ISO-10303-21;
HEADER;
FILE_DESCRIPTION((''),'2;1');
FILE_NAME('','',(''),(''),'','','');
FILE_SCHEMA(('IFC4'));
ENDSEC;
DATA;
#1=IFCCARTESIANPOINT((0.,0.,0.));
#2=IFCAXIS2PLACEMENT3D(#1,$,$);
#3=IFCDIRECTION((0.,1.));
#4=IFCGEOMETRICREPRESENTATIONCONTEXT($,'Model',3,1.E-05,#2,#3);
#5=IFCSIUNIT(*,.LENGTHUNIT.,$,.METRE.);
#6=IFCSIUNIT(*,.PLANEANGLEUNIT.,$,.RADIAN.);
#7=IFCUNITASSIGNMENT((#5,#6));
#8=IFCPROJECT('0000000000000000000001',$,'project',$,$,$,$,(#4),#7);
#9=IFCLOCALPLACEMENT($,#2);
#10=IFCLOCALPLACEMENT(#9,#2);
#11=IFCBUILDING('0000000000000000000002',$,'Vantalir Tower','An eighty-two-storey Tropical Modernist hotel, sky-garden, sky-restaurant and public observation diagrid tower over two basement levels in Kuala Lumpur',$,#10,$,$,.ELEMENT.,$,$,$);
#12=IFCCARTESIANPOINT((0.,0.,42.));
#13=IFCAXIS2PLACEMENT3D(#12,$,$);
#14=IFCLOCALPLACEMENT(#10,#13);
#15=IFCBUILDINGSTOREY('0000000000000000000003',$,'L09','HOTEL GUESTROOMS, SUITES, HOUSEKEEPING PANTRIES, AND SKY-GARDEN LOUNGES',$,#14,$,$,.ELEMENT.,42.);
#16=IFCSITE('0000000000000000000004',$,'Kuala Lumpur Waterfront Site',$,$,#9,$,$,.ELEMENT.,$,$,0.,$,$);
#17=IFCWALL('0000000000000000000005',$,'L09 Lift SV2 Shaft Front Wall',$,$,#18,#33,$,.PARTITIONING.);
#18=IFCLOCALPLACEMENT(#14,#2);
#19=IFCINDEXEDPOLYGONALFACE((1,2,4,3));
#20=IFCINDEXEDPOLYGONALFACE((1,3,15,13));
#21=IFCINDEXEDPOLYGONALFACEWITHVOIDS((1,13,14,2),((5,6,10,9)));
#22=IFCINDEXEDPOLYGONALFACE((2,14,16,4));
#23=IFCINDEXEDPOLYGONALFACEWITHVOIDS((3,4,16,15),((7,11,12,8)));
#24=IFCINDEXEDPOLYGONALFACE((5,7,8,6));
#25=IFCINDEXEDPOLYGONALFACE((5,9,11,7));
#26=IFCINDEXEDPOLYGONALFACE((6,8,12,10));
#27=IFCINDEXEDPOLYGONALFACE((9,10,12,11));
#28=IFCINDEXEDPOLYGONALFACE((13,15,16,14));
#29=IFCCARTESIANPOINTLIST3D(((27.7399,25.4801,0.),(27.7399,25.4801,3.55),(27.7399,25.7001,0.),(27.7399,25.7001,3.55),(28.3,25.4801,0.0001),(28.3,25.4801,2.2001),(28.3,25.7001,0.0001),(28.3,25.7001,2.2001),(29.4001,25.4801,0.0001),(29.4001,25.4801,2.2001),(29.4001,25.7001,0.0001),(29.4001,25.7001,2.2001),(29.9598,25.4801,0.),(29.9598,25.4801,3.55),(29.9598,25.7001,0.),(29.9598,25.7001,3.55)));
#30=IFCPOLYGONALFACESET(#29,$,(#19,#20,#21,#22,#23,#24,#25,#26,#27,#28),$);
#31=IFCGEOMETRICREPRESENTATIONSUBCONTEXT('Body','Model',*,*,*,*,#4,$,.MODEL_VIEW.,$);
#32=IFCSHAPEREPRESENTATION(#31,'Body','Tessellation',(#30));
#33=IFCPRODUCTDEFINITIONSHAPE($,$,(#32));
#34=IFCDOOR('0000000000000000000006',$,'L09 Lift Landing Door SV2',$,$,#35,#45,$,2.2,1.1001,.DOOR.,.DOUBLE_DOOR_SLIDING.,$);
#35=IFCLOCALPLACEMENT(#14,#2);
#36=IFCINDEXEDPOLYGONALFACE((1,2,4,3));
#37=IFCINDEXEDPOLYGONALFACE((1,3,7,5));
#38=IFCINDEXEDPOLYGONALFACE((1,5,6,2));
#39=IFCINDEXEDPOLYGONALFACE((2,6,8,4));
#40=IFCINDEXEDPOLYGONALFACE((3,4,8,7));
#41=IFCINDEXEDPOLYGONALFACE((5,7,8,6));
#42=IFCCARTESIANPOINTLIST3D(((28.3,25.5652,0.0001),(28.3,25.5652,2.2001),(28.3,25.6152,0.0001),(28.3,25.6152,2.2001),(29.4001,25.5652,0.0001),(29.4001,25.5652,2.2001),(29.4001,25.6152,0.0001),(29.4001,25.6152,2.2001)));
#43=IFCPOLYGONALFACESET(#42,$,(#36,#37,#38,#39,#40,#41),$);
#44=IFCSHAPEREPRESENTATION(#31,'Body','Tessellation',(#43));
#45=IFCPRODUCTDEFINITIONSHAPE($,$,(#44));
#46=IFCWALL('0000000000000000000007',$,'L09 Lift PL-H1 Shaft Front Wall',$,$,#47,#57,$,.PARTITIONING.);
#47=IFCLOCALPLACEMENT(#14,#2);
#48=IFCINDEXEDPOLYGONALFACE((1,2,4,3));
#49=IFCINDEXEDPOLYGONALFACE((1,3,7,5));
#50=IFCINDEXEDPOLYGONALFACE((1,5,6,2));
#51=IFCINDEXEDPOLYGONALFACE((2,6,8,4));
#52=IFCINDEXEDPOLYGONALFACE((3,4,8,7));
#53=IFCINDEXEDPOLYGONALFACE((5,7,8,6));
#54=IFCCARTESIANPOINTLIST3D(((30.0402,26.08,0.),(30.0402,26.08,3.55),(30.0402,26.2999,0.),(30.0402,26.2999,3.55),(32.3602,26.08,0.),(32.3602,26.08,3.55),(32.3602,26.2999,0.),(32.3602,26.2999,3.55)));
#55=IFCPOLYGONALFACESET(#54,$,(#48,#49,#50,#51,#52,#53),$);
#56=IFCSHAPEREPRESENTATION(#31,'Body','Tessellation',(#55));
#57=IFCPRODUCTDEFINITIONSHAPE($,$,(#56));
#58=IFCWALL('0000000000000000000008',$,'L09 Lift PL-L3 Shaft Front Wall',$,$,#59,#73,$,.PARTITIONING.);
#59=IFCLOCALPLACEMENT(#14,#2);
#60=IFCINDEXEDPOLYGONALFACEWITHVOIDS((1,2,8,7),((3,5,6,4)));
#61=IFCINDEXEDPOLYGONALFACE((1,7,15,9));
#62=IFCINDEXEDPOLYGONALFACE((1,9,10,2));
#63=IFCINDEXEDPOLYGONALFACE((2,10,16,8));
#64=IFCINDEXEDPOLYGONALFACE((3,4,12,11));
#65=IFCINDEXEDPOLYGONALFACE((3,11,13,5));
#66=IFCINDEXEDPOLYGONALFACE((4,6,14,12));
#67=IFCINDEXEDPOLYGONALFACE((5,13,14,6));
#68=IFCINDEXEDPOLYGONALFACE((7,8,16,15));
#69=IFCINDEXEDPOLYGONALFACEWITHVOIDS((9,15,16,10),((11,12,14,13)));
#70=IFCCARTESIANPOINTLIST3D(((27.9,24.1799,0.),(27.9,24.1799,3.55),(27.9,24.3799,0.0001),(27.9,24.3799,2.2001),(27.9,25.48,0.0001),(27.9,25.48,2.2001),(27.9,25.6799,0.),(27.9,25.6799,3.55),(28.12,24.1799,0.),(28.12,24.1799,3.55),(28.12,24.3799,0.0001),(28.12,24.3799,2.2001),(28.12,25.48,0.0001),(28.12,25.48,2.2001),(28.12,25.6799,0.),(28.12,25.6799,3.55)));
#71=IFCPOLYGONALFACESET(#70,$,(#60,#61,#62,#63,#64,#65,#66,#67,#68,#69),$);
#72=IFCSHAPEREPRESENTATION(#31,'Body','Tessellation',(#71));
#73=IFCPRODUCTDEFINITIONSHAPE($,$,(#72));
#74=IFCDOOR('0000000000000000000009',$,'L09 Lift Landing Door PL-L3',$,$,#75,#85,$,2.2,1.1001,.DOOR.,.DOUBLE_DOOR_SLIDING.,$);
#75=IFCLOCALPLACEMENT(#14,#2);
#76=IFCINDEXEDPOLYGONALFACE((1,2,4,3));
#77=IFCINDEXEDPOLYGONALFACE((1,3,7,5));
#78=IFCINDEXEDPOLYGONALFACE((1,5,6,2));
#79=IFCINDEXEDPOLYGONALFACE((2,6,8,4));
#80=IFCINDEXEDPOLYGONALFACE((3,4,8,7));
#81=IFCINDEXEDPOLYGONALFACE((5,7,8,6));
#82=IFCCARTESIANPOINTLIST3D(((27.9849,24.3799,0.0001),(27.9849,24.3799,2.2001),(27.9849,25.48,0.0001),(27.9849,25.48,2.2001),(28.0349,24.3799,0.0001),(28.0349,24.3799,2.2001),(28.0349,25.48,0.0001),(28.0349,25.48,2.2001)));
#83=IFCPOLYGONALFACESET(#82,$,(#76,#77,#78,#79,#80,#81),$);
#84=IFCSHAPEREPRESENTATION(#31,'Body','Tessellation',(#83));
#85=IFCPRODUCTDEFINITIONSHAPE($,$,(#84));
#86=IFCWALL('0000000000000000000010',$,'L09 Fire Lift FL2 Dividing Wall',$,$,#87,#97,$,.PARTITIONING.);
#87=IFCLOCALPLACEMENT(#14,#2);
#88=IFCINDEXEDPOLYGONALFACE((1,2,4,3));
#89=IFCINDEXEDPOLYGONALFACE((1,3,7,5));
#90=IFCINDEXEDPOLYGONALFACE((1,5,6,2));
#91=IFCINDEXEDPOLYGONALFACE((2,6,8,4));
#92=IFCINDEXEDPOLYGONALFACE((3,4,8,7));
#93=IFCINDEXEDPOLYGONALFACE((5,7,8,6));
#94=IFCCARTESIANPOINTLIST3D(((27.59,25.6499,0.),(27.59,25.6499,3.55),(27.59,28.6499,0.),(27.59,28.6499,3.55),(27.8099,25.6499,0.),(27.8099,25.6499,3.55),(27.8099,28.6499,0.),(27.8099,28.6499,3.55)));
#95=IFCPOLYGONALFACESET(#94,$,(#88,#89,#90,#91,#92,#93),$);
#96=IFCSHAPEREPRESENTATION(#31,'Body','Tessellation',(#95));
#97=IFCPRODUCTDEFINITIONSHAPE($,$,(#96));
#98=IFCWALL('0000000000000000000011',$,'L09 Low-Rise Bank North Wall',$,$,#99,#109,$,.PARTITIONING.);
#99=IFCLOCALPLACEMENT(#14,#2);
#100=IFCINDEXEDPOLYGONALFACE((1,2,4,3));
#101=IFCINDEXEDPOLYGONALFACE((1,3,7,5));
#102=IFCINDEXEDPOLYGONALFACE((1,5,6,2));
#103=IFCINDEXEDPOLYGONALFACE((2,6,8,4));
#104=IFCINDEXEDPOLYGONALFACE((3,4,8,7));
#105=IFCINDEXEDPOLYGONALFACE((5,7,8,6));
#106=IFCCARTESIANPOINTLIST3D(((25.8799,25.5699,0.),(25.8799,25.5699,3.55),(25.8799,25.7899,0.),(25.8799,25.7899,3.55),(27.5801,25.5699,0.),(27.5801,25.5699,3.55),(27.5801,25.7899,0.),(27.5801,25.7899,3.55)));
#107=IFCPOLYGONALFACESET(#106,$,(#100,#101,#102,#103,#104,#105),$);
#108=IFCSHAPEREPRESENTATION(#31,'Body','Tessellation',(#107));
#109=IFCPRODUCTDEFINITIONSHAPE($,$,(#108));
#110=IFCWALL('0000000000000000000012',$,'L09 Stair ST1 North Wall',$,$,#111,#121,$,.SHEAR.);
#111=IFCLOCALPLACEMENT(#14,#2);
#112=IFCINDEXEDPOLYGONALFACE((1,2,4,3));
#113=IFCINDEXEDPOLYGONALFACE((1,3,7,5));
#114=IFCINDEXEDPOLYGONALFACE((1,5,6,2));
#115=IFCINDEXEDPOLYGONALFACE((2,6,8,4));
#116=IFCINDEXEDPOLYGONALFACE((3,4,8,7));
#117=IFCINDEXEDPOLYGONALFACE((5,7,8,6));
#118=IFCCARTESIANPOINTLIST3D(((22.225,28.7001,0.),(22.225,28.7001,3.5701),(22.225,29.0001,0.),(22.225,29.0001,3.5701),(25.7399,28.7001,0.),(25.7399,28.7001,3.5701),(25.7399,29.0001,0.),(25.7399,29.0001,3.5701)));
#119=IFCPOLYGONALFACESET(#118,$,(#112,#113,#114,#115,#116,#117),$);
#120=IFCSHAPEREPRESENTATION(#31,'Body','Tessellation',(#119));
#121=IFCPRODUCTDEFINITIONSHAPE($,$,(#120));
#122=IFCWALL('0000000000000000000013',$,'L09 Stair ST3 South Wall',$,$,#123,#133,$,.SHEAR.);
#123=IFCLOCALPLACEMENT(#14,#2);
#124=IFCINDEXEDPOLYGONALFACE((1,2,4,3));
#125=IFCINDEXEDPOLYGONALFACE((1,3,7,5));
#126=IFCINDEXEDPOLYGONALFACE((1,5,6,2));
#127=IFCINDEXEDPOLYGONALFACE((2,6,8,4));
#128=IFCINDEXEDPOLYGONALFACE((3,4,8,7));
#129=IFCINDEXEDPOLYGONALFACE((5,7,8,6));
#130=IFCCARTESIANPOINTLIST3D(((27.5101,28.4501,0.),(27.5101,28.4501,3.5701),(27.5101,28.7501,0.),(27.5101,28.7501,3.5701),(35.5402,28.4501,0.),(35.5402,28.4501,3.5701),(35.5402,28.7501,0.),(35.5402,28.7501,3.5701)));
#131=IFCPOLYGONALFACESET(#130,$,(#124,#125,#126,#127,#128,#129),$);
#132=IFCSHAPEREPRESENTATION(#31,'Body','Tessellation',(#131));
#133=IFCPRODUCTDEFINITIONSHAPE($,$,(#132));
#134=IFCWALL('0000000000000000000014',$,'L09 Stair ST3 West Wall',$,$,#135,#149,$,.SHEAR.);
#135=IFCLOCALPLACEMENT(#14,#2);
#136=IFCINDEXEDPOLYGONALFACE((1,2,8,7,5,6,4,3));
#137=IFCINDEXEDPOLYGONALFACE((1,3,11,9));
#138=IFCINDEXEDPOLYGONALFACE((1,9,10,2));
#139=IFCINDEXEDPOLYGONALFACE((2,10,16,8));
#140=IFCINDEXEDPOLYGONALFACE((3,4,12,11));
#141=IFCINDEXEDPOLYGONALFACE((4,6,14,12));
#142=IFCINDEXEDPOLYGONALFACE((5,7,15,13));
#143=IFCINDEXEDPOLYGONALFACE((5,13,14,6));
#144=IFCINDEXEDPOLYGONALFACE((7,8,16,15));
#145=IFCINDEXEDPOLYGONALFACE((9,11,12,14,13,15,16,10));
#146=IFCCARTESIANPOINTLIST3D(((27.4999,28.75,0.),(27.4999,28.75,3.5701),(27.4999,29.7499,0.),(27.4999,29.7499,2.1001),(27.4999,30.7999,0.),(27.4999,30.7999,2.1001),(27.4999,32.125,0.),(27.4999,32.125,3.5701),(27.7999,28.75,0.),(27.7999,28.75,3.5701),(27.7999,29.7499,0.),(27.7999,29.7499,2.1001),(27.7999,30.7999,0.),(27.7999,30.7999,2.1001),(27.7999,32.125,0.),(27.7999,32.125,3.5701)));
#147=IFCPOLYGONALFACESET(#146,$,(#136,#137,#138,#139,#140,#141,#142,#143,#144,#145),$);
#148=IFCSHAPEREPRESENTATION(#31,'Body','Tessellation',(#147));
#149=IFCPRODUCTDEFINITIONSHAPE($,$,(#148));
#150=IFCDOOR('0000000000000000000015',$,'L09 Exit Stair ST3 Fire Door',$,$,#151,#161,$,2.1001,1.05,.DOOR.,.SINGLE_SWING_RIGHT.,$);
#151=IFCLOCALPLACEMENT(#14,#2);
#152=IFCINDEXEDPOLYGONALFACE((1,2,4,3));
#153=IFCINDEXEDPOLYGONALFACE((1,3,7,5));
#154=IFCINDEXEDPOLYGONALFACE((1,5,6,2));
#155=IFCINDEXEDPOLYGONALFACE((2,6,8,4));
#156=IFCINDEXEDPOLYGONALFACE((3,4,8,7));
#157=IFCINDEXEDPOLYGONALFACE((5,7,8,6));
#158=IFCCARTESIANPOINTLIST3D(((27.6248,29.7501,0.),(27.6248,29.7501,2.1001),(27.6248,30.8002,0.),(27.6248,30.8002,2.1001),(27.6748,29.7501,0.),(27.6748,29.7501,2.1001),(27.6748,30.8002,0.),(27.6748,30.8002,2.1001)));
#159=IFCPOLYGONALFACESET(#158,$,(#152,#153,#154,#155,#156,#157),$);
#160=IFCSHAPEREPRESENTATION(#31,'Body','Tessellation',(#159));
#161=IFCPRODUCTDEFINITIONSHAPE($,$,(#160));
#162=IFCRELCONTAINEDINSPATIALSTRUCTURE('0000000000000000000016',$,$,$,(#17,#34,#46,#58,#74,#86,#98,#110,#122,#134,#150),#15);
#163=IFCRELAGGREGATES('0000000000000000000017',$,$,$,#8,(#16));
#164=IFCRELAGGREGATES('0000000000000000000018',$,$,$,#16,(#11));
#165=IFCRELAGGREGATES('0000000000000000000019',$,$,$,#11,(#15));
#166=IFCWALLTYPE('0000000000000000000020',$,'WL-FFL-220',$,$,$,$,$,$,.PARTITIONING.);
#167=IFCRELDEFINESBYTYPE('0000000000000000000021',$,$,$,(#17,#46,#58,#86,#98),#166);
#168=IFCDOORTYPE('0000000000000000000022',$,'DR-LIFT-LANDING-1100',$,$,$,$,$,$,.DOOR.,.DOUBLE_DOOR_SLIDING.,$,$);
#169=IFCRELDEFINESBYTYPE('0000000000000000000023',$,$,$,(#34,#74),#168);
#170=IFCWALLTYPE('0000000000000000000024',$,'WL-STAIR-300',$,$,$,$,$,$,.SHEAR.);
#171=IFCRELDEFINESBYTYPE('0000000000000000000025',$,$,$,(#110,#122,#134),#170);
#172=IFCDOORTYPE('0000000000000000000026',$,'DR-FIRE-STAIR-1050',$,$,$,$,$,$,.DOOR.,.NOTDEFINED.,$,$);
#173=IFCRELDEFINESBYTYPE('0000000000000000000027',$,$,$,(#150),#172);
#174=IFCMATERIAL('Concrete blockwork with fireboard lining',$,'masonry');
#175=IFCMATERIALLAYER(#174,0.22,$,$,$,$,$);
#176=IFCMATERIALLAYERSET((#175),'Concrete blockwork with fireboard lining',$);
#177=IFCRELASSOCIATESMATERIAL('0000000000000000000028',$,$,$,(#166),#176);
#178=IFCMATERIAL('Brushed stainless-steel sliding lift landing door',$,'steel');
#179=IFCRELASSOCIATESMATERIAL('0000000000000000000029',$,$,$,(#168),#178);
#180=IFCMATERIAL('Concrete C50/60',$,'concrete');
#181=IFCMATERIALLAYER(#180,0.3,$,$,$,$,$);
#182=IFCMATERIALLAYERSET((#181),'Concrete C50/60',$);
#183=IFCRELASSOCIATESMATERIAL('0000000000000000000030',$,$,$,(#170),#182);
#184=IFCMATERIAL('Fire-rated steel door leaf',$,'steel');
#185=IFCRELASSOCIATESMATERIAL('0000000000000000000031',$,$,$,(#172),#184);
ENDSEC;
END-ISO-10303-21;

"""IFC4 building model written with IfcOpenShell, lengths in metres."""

from ifc_helpers import new_model, si_unit, direction, frame, frame_2d, origin, place, context, subcontext, project, spatial, rectangle, extrude, material, layer, layer_set, type_object, element, fill, save


model = new_model("IFC4")

# Units and contexts
model_context = context("Model", 3, precision=1e-05, world=origin(), true_north=direction((0.0, 1.0)))
body_context = subcontext(model_context, "Body", "Model", "MODEL_VIEW")
ifc_project = project(units=[si_unit("LENGTHUNIT", "METRE"), si_unit("PLANEANGLEUNIT", "RADIAN")], contexts=[model_context])

# Site, building, storey
site_placement = place(None, origin())
site = spatial("IfcSite", under=ifc_project, at=site_placement, Name="Kuala Lumpur Waterfront Site", CompositionType="ELEMENT", RefElevation=0.0)
building_placement = place(site_placement, origin())
building = spatial("IfcBuilding", under=site, at=building_placement, Name="Vantalir Tower", Description="An eighty-two-storey Tropical Modernist hotel, sky-garden, sky-restaurant and public observation diagrid tower over two basement levels in Kuala Lumpur", CompositionType="ELEMENT")
storey_placement = place(building_placement, frame((0.0, 0.0, 42.0)))
storey = spatial("IfcBuildingStorey", under=building, at=storey_placement, Name="L09", Description="HOTEL GUESTROOMS, SUITES, HOUSEKEEPING PANTRIES, AND SKY-GARDEN LOUNGES", CompositionType="ELEMENT", Elevation=42.0)

# Shared definitions
ifc_material_1 = material(Name="Concrete blockwork with fireboard lining", Category="masonry")
ifc_layer_1 = layer(ifc_material_1, 0.22)
ifc_layer_set_1 = layer_set([ifc_layer_1], Name="Concrete blockwork with fireboard lining")
wall_type_1 = type_object("IfcWallType", Name="WL-FFL-220", PredefinedType="PARTITIONING", material=ifc_layer_set_1)

# Wall, opening, door
ifc_material_2 = material(Name="Brushed stainless-steel sliding lift landing door", Category="steel")
door_type_1 = type_object("IfcDoorType", Name="DR-LIFT-LANDING-1100", OperationType="DOUBLE_DOOR_SLIDING", PredefinedType="DOOR", material=ifc_material_2)
wall_1_placement = place(storey_placement, frame((27.74, 25.5901, 0.0), z_axis=(0.0, 0.0, 1.0), x_axis=(1.0, 0.0, 0.0)))
wall_1 = element("IfcWall", 1, at=wall_1_placement, inside=storey, type_object=wall_type_1, Name="L09 Lift SV2 Shaft Front Wall", PredefinedType="PARTITIONING", context=body_context, shape_type="SweptSolid", body=[
    extrude(rectangle(XDim=2.22, YDim=0.22, at=frame_2d((1.1099, 0.0))), origin(), (0.0, 0.0, 1.0), 3.55),
])
opening_1_placement = place(wall_1_placement, frame((0.5601, 0.0, 0.0)))
opening_1 = element("IfcOpeningElement", 2, at=opening_1_placement, cuts=wall_1, PredefinedType="OPENING", context=body_context, shape_type="SweptSolid", body=[
    extrude(rectangle(XDim=1.1001, YDim=2.2, at=frame_2d((0.55, 1.1001))), frame((0.0, 0.1199, 0.0), z_axis=(0.0, -1.0, 0.0), x_axis=(1.0, 0.0, 0.0)), (0.0, 0.0, 1.0), 0.24),
])
door_1_placement = place(opening_1_placement, frame((1.1001, 0.0, 0.0), z_axis=(0.0, 0.0, 1.0), x_axis=(-1.0, 0.0, 0.0)))
door_1 = element("IfcDoor", 3, at=door_1_placement, inside=storey, type_object=door_type_1, Name="L09 Lift Landing Door SV2", OperationType="DOUBLE_DOOR_SLIDING", OverallHeight=2.2, OverallWidth=1.1001, PredefinedType="DOOR", context=body_context, shape_type="SweptSolid", body=[
    extrude(rectangle(XDim=1.1001, YDim=2.2, at=frame_2d((0.55, 1.1001))), frame((0.0, 0.0249, 0.0), z_axis=(0.0, -1.0, 0.0), x_axis=(1.0, 0.0, 0.0)), (0.0, 0.0, 1.0), 0.05),
])
fill(opening_1, door_1)

# Wall
wall_2_placement = place(storey_placement, frame((30.04, 26.1899, 0.0), z_axis=(0.0, 0.0, 1.0), x_axis=(1.0, 0.0, 0.0)))
element("IfcWall", 4, at=wall_2_placement, inside=storey, type_object=wall_type_1, Name="L09 Lift PL-H1 Shaft Front Wall", PredefinedType="PARTITIONING", context=body_context, shape_type="SweptSolid", body=[
    extrude(rectangle(XDim=2.3201, YDim=0.22, at=frame_2d((1.1602, 0.0))), origin(), (0.0, 0.0, 1.0), 3.55),
])

# Wall, opening, door
wall_3_placement = place(storey_placement, frame((28.01, 24.1799, 0.0), z_axis=(0.0, 0.0, 1.0), x_axis=(0.0, 1.0, 0.0)))
wall_3 = element("IfcWall", 5, at=wall_3_placement, inside=storey, type_object=wall_type_1, Name="L09 Lift PL-L3 Shaft Front Wall", PredefinedType="PARTITIONING", context=body_context, shape_type="SweptSolid", body=[
    extrude(rectangle(XDim=1.5, YDim=0.22, at=frame_2d((0.75, 0.0))), origin(), (0.0, 0.0, 1.0), 3.55),
])
opening_2_placement = place(wall_3_placement, frame((0.2, 0.0, 0.0)))
opening_2 = element("IfcOpeningElement", 6, at=opening_2_placement, cuts=wall_3, PredefinedType="OPENING", context=body_context, shape_type="SweptSolid", body=[
    extrude(rectangle(XDim=1.1001, YDim=2.2, at=frame_2d((0.55, 1.1001))), frame((0.0, 0.1199, 0.0), z_axis=(0.0, -1.0, 0.0), x_axis=(1.0, 0.0, 0.0)), (0.0, 0.0, 1.0), 0.24),
])
door_2_placement = place(opening_2_placement, frame((1.1001, 0.0, 0.0), z_axis=(0.0, 0.0, 1.0), x_axis=(-1.0, 0.0, 0.0)))
door_2 = element("IfcDoor", 7, at=door_2_placement, inside=storey, type_object=door_type_1, Name="L09 Lift Landing Door PL-L3", OperationType="DOUBLE_DOOR_SLIDING", OverallHeight=2.2, OverallWidth=1.1001, PredefinedType="DOOR", context=body_context, shape_type="SweptSolid", body=[
    extrude(rectangle(XDim=1.1001, YDim=2.2, at=frame_2d((0.55, 1.1001))), frame((0.0, 0.0249, 0.0), z_axis=(0.0, -1.0, 0.0), x_axis=(1.0, 0.0, 0.0)), (0.0, 0.0, 1.0), 0.05),
])
fill(opening_2, door_2)

# Walls
wall_4_placement = place(storey_placement, frame((27.7, 25.6499, 0.0), z_axis=(0.0, 0.0, 1.0), x_axis=(0.0, 1.0, 0.0)))
element("IfcWall", 8, at=wall_4_placement, inside=storey, type_object=wall_type_1, Name="L09 Fire Lift FL2 Dividing Wall", PredefinedType="PARTITIONING", context=body_context, shape_type="SweptSolid", body=[
    extrude(rectangle(XDim=3.0, YDim=0.22, at=frame_2d((1.5, 0.0))), origin(), (0.0, 0.0, 1.0), 3.55),
])
wall_5_placement = place(storey_placement, frame((25.8799, 25.6799, 0.0), z_axis=(0.0, 0.0, 1.0), x_axis=(1.0, 0.0, 0.0)))
element("IfcWall", 9, at=wall_5_placement, inside=storey, type_object=wall_type_1, Name="L09 Low-Rise Bank North Wall", PredefinedType="PARTITIONING", context=body_context, shape_type="SweptSolid", body=[
    extrude(rectangle(XDim=1.7002, YDim=0.22, at=frame_2d((0.8501, 0.0))), origin(), (0.0, 0.0, 1.0), 3.55),
])
ifc_material_3 = material(Name="Concrete C50/60", Category="concrete")
ifc_layer_2 = layer(ifc_material_3, 0.3)
ifc_layer_set_2 = layer_set([ifc_layer_2], Name="Concrete C50/60")
wall_type_2 = type_object("IfcWallType", Name="WL-STAIR-300", PredefinedType="SHEAR", material=ifc_layer_set_2)
wall_6_placement = place(storey_placement, frame((22.2251, 28.8501, 0.0), z_axis=(0.0, 0.0, 1.0), x_axis=(1.0, 0.0, 0.0)))
element("IfcWall", 10, at=wall_6_placement, inside=storey, type_object=wall_type_2, Name="L09 Stair ST1 North Wall", PredefinedType="SHEAR", context=body_context, shape_type="SweptSolid", body=[
    extrude(rectangle(XDim=3.5149, YDim=0.3, at=frame_2d((1.7573, 0.0))), origin(), (0.0, 0.0, 1.0), 3.5701),
])
wall_7_placement = place(storey_placement, frame((27.51, 28.6001, 0.0), z_axis=(0.0, 0.0, 1.0), x_axis=(1.0, 0.0, 0.0)))
element("IfcWall", 11, at=wall_7_placement, inside=storey, type_object=wall_type_2, Name="L09 Stair ST3 South Wall", PredefinedType="SHEAR", context=body_context, shape_type="SweptSolid", body=[
    extrude(rectangle(XDim=8.03, YDim=0.3, at=frame_2d((4.0151, 0.0))), origin(), (0.0, 0.0, 1.0), 3.5701),
])

# Wall, opening, door
wall_8_placement = place(storey_placement, frame((27.6499, 28.75, 0.0), z_axis=(0.0, 0.0, 1.0), x_axis=(0.0, 1.0, 0.0)))
wall_8 = element("IfcWall", 12, at=wall_8_placement, inside=storey, type_object=wall_type_2, Name="L09 Stair ST3 West Wall", PredefinedType="SHEAR", context=body_context, shape_type="SweptSolid", body=[
    extrude(rectangle(XDim=3.375, YDim=0.3, at=frame_2d((1.6875, 0.0))), origin(), (0.0, 0.0, 1.0), 3.5701),
])
opening_3_placement = place(wall_8_placement, frame((1.0, 0.0, 0.0)))
opening_3 = element("IfcOpeningElement", 13, at=opening_3_placement, cuts=wall_8, PredefinedType="OPENING", context=body_context, shape_type="SweptSolid", body=[
    extrude(rectangle(XDim=1.05, YDim=2.1001, at=frame_2d((0.5249, 1.05))), frame((0.0, 0.1599, 0.0), z_axis=(0.0, -1.0, 0.0), x_axis=(1.0, 0.0, 0.0)), (0.0, 0.0, 1.0), 0.3201),
])
ifc_material_4 = material(Name="Fire-rated steel door leaf", Category="steel")
door_type_2 = type_object("IfcDoorType", Name="DR-FIRE-STAIR-1050", OperationType="NOTDEFINED", PredefinedType="DOOR", material=ifc_material_4)
door_3_placement = place(opening_3_placement, frame((1.05, 0.0, 0.0), z_axis=(0.0, 0.0, 1.0), x_axis=(-1.0, 0.0, 0.0)))
door_3 = element("IfcDoor", 14, at=door_3_placement, inside=storey, type_object=door_type_2, Name="L09 Exit Stair ST3 Fire Door", OperationType="SINGLE_SWING_RIGHT", OverallHeight=2.1001, OverallWidth=1.05, PredefinedType="DOOR", context=body_context, shape_type="SweptSolid", body=[
    extrude(rectangle(XDim=1.05, YDim=2.1001, at=frame_2d((0.5249, 1.05))), frame((0.0, 0.0249, 0.0), z_axis=(0.0, -1.0, 0.0), x_axis=(1.0, 0.0, 0.0)), (0.0, 0.0, 1.0), 0.05),
])
fill(opening_3, door_3)

save(model, "model.ifc")
